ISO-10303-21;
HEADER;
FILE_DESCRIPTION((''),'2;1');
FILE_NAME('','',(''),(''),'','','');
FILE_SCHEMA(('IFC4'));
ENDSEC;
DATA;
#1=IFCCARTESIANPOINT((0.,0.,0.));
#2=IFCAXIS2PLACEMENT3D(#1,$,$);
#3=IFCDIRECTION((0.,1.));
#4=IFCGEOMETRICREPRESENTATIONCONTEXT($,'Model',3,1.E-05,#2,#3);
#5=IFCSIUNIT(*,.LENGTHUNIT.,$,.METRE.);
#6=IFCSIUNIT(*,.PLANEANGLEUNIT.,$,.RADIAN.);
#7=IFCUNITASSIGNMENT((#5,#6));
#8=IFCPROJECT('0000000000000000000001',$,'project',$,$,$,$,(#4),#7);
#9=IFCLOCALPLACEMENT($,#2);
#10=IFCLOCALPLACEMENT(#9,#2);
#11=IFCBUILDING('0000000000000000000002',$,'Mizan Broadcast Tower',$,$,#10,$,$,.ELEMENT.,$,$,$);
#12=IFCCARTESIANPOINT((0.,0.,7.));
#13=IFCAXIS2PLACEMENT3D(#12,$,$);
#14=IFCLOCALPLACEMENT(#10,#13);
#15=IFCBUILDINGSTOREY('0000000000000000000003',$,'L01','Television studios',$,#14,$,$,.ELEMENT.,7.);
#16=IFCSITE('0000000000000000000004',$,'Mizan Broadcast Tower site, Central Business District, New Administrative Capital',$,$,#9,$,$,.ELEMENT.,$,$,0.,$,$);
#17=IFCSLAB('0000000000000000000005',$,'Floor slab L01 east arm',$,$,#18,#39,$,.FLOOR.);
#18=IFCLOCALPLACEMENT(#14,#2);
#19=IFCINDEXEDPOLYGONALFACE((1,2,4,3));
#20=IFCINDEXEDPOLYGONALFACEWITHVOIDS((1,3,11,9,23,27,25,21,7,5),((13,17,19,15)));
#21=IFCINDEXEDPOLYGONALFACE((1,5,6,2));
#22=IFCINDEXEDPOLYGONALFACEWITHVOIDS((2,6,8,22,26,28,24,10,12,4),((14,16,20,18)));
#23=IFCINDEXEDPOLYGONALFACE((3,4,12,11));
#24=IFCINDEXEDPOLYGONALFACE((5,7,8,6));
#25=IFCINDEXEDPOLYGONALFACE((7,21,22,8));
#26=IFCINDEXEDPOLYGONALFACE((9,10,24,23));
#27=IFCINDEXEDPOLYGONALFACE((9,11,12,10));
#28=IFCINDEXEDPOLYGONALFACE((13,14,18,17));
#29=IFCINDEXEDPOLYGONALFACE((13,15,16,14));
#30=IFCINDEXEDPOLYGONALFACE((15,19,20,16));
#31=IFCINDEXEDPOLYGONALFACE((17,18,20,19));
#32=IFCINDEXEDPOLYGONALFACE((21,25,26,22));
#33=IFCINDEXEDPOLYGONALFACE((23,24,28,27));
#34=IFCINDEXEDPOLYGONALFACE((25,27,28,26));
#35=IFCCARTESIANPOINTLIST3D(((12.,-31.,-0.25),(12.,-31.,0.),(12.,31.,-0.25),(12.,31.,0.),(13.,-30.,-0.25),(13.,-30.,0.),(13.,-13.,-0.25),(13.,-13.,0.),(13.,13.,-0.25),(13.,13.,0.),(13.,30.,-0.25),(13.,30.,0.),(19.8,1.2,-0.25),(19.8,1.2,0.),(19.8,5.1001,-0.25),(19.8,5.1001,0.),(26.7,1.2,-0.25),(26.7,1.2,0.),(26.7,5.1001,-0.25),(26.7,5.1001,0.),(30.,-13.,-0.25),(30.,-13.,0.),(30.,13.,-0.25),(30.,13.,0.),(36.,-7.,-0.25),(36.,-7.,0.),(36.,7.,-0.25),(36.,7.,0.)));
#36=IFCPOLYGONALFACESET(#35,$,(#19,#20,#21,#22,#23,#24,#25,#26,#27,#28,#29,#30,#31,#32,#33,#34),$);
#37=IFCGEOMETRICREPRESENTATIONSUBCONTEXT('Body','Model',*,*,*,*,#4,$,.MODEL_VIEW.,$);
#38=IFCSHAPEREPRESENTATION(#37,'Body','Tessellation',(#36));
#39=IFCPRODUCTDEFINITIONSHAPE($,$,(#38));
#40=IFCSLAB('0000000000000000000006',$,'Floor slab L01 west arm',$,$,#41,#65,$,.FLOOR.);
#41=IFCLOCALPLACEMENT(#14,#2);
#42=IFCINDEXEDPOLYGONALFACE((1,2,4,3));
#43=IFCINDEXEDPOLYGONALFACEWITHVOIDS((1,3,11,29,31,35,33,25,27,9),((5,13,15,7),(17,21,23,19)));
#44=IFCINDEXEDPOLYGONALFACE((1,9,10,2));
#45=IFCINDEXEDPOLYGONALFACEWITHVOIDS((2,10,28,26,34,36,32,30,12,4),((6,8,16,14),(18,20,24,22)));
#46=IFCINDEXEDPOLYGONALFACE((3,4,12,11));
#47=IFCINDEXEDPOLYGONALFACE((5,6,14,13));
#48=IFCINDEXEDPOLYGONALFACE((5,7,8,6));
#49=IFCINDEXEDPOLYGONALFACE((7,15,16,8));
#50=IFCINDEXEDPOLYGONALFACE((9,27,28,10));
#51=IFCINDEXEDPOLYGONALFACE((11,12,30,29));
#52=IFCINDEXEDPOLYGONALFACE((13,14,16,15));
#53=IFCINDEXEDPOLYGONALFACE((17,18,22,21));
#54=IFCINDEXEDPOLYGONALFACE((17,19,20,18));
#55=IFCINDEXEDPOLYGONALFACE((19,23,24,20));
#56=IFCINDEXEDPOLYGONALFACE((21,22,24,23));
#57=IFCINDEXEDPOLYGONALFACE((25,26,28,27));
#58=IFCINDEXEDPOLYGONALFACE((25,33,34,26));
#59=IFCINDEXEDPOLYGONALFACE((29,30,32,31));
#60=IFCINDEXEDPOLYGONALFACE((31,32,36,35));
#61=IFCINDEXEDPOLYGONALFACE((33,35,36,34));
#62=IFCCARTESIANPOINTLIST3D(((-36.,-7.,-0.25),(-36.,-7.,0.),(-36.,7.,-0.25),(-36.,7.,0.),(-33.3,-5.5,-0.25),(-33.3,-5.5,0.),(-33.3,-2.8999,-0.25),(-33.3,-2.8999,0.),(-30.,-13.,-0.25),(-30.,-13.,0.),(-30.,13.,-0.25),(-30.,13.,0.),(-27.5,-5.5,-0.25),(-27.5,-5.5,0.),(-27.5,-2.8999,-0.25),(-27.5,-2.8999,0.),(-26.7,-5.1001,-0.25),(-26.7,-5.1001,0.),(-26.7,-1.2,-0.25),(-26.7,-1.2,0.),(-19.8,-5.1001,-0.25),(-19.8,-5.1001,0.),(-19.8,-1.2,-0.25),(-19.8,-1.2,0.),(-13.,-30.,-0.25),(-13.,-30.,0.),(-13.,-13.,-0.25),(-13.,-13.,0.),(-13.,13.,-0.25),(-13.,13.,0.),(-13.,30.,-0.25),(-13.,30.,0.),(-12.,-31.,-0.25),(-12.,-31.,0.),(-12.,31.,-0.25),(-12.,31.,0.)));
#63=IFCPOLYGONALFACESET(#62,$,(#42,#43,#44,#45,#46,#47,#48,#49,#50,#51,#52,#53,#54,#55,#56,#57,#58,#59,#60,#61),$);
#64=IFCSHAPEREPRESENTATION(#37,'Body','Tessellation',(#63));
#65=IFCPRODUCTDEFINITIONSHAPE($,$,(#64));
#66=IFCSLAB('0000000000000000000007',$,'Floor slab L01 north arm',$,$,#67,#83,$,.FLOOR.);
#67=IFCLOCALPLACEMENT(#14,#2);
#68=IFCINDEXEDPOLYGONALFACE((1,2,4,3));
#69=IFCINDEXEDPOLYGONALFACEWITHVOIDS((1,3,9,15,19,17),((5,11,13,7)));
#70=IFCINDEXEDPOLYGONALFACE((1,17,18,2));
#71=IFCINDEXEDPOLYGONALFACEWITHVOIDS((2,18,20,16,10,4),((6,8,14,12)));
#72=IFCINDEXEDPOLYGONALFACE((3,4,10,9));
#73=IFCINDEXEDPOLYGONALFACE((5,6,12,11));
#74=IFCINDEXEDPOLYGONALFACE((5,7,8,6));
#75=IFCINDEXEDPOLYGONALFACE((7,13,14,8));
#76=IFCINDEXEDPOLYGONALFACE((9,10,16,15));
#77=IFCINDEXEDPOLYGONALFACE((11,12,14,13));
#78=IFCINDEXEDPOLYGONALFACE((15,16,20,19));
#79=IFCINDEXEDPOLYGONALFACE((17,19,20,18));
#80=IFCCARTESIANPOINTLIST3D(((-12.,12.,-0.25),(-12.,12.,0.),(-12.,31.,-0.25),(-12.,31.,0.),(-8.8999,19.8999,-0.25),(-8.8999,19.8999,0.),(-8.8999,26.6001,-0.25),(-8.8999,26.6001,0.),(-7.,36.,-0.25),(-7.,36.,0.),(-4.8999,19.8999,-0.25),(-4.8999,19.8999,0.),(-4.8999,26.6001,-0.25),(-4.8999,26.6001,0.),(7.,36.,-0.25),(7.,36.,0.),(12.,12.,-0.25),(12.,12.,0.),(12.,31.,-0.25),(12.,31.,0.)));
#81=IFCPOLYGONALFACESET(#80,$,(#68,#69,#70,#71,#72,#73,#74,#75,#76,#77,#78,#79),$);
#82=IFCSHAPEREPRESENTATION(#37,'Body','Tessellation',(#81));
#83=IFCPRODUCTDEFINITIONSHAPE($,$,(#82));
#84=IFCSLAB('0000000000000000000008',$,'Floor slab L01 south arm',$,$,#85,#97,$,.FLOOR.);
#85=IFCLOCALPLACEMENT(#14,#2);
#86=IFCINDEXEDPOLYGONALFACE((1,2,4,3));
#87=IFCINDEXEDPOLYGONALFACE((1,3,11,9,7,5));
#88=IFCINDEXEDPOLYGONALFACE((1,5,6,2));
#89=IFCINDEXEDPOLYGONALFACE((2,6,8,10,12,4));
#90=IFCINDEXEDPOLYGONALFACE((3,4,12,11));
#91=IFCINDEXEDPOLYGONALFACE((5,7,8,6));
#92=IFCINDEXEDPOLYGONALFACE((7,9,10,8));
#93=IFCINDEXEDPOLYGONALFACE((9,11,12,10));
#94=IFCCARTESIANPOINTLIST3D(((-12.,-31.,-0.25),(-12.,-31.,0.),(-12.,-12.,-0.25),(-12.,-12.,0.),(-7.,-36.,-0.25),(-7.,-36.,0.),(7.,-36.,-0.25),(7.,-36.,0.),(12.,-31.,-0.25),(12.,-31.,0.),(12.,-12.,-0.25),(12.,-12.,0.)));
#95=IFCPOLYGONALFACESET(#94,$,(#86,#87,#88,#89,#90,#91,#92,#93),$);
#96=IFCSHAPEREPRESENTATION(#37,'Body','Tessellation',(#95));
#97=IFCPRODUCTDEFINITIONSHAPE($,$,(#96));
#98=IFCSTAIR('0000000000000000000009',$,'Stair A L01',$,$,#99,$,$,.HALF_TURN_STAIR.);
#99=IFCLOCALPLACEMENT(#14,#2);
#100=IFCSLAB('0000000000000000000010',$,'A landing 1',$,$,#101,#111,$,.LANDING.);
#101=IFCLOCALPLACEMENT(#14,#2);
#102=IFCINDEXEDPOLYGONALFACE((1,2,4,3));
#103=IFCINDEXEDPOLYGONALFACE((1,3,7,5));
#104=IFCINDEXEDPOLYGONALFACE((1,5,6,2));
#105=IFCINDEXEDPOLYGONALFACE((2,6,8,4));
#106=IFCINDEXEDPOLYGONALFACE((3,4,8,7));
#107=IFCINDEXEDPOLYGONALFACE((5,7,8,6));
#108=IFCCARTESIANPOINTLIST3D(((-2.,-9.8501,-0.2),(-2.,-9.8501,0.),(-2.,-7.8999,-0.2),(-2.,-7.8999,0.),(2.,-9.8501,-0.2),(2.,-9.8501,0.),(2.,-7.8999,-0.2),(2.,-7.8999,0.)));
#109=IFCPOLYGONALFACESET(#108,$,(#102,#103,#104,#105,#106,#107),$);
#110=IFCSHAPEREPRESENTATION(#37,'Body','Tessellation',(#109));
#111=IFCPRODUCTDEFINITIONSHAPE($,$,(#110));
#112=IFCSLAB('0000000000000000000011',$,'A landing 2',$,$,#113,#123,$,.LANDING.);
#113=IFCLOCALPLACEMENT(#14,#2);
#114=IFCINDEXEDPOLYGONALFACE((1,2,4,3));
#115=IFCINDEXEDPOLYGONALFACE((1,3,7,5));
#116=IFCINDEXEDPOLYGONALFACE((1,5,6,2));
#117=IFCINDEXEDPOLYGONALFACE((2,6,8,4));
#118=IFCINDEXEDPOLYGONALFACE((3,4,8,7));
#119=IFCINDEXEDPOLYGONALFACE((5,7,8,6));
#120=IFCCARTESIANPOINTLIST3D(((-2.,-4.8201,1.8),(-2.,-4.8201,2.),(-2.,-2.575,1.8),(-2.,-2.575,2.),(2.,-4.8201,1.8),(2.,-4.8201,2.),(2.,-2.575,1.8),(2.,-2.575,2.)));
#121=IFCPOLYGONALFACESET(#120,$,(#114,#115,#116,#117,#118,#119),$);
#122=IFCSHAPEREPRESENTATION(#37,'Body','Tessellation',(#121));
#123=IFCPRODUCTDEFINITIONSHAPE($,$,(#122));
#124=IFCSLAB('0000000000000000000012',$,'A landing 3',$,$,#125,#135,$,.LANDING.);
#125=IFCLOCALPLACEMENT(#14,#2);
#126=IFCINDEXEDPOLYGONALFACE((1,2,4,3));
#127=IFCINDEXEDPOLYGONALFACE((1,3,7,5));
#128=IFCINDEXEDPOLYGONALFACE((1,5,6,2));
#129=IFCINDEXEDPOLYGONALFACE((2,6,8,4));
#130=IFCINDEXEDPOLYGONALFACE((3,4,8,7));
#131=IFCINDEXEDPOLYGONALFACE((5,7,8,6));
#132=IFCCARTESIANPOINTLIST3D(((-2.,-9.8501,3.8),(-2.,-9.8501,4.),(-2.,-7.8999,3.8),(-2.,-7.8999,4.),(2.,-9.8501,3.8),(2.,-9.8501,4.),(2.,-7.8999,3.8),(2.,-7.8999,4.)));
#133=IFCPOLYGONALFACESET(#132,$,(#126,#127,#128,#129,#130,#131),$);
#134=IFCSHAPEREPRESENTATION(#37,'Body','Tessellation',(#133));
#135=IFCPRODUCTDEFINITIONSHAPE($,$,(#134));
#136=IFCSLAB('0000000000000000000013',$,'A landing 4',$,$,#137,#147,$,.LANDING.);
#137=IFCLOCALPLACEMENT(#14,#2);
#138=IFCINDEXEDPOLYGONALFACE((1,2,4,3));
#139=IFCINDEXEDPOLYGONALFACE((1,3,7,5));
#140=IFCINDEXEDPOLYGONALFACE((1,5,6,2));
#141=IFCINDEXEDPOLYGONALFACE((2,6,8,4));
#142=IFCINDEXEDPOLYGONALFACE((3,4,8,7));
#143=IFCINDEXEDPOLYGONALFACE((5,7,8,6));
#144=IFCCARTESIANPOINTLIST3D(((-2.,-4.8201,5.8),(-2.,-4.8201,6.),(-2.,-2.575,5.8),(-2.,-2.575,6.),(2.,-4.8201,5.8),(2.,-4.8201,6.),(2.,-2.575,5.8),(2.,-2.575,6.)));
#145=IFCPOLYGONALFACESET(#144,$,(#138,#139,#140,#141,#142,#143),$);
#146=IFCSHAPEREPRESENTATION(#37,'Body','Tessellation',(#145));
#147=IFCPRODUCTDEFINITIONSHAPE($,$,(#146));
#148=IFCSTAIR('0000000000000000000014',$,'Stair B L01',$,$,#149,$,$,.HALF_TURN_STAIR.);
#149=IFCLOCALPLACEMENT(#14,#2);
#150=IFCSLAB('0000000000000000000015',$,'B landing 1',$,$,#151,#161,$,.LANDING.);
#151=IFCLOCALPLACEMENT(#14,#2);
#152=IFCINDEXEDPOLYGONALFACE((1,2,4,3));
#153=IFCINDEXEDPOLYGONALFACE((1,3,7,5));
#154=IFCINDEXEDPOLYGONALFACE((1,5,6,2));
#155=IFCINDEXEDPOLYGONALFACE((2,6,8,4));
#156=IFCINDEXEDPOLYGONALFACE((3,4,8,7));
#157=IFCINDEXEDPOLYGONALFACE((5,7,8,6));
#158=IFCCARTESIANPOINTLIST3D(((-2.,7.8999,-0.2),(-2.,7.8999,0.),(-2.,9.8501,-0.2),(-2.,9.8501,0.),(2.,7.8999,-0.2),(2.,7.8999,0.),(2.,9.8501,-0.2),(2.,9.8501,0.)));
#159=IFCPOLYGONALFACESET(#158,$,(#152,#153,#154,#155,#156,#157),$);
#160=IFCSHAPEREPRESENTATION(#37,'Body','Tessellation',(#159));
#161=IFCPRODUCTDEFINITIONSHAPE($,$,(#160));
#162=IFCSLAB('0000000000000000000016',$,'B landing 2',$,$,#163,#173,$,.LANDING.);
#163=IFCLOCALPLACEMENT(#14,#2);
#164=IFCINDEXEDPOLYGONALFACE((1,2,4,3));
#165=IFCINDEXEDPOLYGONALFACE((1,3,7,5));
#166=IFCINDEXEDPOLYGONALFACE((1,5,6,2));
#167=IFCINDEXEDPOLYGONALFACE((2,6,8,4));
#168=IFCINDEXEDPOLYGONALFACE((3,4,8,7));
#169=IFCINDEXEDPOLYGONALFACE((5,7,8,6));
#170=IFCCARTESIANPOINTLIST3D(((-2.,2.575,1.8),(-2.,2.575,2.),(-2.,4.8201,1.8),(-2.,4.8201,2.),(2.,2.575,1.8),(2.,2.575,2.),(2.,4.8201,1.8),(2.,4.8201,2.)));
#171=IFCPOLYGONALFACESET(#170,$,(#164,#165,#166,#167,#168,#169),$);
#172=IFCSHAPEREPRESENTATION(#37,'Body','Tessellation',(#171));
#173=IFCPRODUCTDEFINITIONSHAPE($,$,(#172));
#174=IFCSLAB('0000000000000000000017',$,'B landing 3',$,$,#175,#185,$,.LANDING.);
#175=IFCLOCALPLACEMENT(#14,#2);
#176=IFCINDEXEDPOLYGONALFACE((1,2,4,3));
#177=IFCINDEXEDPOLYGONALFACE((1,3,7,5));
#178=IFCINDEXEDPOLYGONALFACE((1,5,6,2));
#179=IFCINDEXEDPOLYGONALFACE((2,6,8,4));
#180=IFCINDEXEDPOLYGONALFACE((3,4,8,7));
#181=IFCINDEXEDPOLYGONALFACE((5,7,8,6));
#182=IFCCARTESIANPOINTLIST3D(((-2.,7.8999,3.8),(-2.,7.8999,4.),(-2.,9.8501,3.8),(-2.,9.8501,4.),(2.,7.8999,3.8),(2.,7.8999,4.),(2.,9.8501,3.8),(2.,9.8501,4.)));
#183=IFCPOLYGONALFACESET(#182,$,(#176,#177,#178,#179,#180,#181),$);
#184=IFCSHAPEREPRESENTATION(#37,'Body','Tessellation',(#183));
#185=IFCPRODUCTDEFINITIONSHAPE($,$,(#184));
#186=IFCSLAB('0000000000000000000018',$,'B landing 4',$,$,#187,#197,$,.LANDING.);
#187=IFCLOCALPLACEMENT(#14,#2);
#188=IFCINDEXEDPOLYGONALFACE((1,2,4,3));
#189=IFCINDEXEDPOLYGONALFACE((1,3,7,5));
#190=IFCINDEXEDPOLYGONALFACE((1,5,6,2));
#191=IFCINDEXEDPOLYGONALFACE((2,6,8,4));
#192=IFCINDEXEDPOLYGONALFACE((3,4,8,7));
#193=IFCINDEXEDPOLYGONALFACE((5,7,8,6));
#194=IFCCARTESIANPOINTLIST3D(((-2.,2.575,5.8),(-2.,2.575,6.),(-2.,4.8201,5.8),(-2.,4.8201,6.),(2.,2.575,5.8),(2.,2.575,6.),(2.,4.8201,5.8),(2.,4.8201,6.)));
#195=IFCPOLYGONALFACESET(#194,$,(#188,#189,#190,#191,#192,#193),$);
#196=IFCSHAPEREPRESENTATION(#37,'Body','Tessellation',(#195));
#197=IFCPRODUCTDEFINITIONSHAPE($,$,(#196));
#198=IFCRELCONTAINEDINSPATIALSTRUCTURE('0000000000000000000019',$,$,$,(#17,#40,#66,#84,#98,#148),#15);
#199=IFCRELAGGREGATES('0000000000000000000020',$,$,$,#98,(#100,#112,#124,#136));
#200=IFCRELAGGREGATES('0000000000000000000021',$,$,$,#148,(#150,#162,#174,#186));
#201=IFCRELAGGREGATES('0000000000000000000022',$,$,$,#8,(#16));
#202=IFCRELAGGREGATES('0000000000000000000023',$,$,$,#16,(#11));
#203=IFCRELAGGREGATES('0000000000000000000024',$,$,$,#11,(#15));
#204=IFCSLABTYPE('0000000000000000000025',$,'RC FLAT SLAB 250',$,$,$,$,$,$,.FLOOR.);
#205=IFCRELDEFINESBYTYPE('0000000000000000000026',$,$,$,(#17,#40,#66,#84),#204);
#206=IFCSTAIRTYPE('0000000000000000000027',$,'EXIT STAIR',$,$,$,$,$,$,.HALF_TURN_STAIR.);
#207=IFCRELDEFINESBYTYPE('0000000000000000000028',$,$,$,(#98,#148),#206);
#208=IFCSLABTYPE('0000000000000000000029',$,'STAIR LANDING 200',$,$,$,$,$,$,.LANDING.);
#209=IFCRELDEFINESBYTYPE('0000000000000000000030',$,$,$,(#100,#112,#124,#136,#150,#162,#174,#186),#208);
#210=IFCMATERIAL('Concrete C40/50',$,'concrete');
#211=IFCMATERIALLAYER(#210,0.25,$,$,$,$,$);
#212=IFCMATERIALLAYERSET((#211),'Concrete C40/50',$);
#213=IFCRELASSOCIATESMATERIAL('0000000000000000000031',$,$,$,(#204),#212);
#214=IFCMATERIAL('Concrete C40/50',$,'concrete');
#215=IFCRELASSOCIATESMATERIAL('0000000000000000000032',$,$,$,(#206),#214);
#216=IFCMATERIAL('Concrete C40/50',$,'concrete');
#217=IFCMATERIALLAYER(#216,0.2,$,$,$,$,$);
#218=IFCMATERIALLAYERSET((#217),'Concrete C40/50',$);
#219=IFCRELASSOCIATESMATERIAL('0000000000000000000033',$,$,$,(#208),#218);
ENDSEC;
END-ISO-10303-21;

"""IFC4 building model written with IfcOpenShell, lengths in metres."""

from ifc_helpers import new_model, si_unit, direction, frame, origin, place, context, subcontext, project, spatial, polyline, outline, extrude, material, layer, layer_set, type_object, element, aggregate, save


model = new_model("IFC4")

# Units and contexts
model_context = context("Model", 3, precision=1e-05, world=origin(), true_north=direction((0.0, 1.0)))
body_context = subcontext(model_context, "Body", "Model", "MODEL_VIEW")
ifc_project = project(units=[si_unit("LENGTHUNIT", "METRE"), si_unit("PLANEANGLEUNIT", "RADIAN")], contexts=[model_context])

# Site, building, storey
site_placement = place(None, origin())
site = spatial("IfcSite", under=ifc_project, at=site_placement, Name="Mizan Broadcast Tower site, Central Business District, New Administrative Capital", CompositionType="ELEMENT", RefElevation=0.0)
building_placement = place(site_placement, origin())
building = spatial("IfcBuilding", under=site, at=building_placement, Name="Mizan Broadcast Tower", CompositionType="ELEMENT")
storey_placement = place(building_placement, frame((0.0, 0.0, 7.0)))
storey = spatial("IfcBuildingStorey", under=building, at=storey_placement, Name="L01", Description="Television studios", CompositionType="ELEMENT", Elevation=7.0)

# Slabs
ifc_material_1 = material(Name="Concrete C40/50", Category="concrete")
ifc_layer_1 = layer(ifc_material_1, 0.25)
ifc_layer_set_1 = layer_set([ifc_layer_1], Name="Concrete C40/50")
slab_type_1 = type_object("IfcSlabType", Name="RC FLAT SLAB 250", PredefinedType="FLOOR", material=ifc_layer_set_1)
slab_1_placement = place(storey_placement, frame((0.0, 0.0, -0.25)))
element("IfcSlab", 1, at=slab_1_placement, inside=storey, type_object=slab_type_1, Name="Floor slab L01 east arm", PredefinedType="FLOOR", context=body_context, shape_type="SweptSolid", body=[
    extrude(outline(polyline([(13.0, 30.0), (12.0, 31.0), (12.0, -31.0), (13.0, -30.0), (13.0, -13.0), (30.0, -13.0), (36.0, -7.0), (36.0, 7.0), (30.0, 13.0), (13.0, 13.0), (13.0, 30.0)]), holes=[polyline([(26.7, 1.2), (19.8, 1.2), (19.8, 5.1001), (26.7, 5.1001), (26.7, 1.2)])]), origin(), (0.0, 0.0, 1.0), 0.25),
])
slab_2_placement = place(storey_placement, frame((0.0, 0.0, -0.25)))
element("IfcSlab", 2, at=slab_2_placement, inside=storey, type_object=slab_type_1, Name="Floor slab L01 west arm", PredefinedType="FLOOR", context=body_context, shape_type="SweptSolid", body=[
    extrude(outline(polyline([(-30.0, -13.0), (-13.0, -13.0), (-13.0, -30.0), (-12.0, -31.0), (-12.0, 31.0), (-13.0, 30.0), (-13.0, 13.0), (-30.0, 13.0), (-36.0, 7.0), (-36.0, -7.0), (-30.0, -13.0)]), holes=[polyline([(-19.8, -1.2), (-19.8, -5.1001), (-26.7, -5.1001), (-26.7, -1.2), (-19.8, -1.2)]), polyline([(-27.5, -5.5), (-33.3, -5.5), (-33.3, -2.8999), (-27.5, -2.8999), (-27.5, -5.5)])]), origin(), (0.0, 0.0, 1.0), 0.25),
])
slab_3_placement = place(storey_placement, frame((0.0, 0.0, -0.25)))
element("IfcSlab", 3, at=slab_3_placement, inside=storey, type_object=slab_type_1, Name="Floor slab L01 north arm", PredefinedType="FLOOR", context=body_context, shape_type="SweptSolid", body=[
    extrude(outline(polyline([(-7.0, 36.0), (-12.0, 31.0), (-12.0, 12.0), (12.0, 12.0), (12.0, 31.0), (7.0, 36.0), (-7.0, 36.0)]), holes=[polyline([(-8.8999, 26.6001), (-4.8999, 26.6001), (-4.8999, 19.8999), (-8.8999, 19.8999), (-8.8999, 26.6001)])]), origin(), (0.0, 0.0, 1.0), 0.25),
])
slab_4_placement = place(storey_placement, frame((0.0, 0.0, -0.25)))
element("IfcSlab", 4, at=slab_4_placement, inside=storey, type_object=slab_type_1, Name="Floor slab L01 south arm", PredefinedType="FLOOR", context=body_context, shape_type="SweptSolid", body=[
    extrude(outline(polyline([(7.0, -36.0), (12.0, -31.0), (12.0, -12.0), (-12.0, -12.0), (-12.0, -31.0), (-7.0, -36.0), (7.0, -36.0)])), origin(), (0.0, 0.0, 1.0), 0.25),
])

# Stairs, slabs
ifc_material_2 = material(Name="Concrete C40/50", Category="concrete")
stair_type = type_object("IfcStairType", Name="EXIT STAIR", PredefinedType="HALF_TURN_STAIR", material=ifc_material_2)
stair_1_placement = place(storey_placement, origin())
stair_1 = element("IfcStair", 5, at=stair_1_placement, inside=storey, type_object=stair_type, Name="Stair A L01", PredefinedType="HALF_TURN_STAIR")
ifc_material_3 = material(Name="Concrete C40/50", Category="concrete")
ifc_layer_2 = layer(ifc_material_3, 0.2)
ifc_layer_set_2 = layer_set([ifc_layer_2], Name="Concrete C40/50")
slab_type_2 = type_object("IfcSlabType", Name="STAIR LANDING 200", PredefinedType="LANDING", material=ifc_layer_set_2)
slab_5_placement = place(storey_placement, frame((0.0, 0.0, -0.2)))
slab_5 = element("IfcSlab", 6, at=slab_5_placement, type_object=slab_type_2, Name="A landing 1", PredefinedType="LANDING", context=body_context, shape_type="SweptSolid", body=[
    extrude(outline(polyline([(-2.0, -9.8501), (-2.0, -7.8999), (2.0, -7.8999), (2.0, -9.8501), (-2.0, -9.8501)])), origin(), (0.0, 0.0, 1.0), 0.2),
])
slab_6_placement = place(storey_placement, frame((0.0, 0.0, 1.8)))
slab_6 = element("IfcSlab", 7, at=slab_6_placement, type_object=slab_type_2, Name="A landing 2", PredefinedType="LANDING", context=body_context, shape_type="SweptSolid", body=[
    extrude(outline(polyline([(-2.0, -4.8201), (-2.0, -2.575), (2.0, -2.575), (2.0, -4.8201), (-2.0, -4.8201)])), origin(), (0.0, 0.0, 1.0), 0.2),
])
slab_7_placement = place(storey_placement, frame((0.0, 0.0, 3.8)))
slab_7 = element("IfcSlab", 8, at=slab_7_placement, type_object=slab_type_2, Name="A landing 3", PredefinedType="LANDING", context=body_context, shape_type="SweptSolid", body=[
    extrude(outline(polyline([(-2.0, -9.8501), (-2.0, -7.8999), (2.0, -7.8999), (2.0, -9.8501), (-2.0, -9.8501)])), origin(), (0.0, 0.0, 1.0), 0.2),
])
slab_8_placement = place(storey_placement, frame((0.0, 0.0, 5.8)))
slab_8 = element("IfcSlab", 9, at=slab_8_placement, type_object=slab_type_2, Name="A landing 4", PredefinedType="LANDING", context=body_context, shape_type="SweptSolid", body=[
    extrude(outline(polyline([(-2.0, -4.8201), (-2.0, -2.575), (2.0, -2.575), (2.0, -4.8201), (-2.0, -4.8201)])), origin(), (0.0, 0.0, 1.0), 0.2),
])
aggregate(stair_1, [slab_5, slab_6, slab_7, slab_8])
stair_2_placement = place(storey_placement, origin())
stair_2 = element("IfcStair", 10, at=stair_2_placement, inside=storey, type_object=stair_type, Name="Stair B L01", PredefinedType="HALF_TURN_STAIR")
slab_9_placement = place(storey_placement, frame((0.0, 0.0, -0.2)))
slab_9 = element("IfcSlab", 11, at=slab_9_placement, type_object=slab_type_2, Name="B landing 1", PredefinedType="LANDING", context=body_context, shape_type="SweptSolid", body=[
    extrude(outline(polyline([(2.0, 9.8501), (2.0, 7.8999), (-2.0, 7.8999), (-2.0, 9.8501), (2.0, 9.8501)])), origin(), (0.0, 0.0, 1.0), 0.2),
])
slab_10_placement = place(storey_placement, frame((0.0, 0.0, 1.8)))
slab_10 = element("IfcSlab", 12, at=slab_10_placement, type_object=slab_type_2, Name="B landing 2", PredefinedType="LANDING", context=body_context, shape_type="SweptSolid", body=[
    extrude(outline(polyline([(2.0, 4.8201), (2.0, 2.575), (-2.0, 2.575), (-2.0, 4.8201), (2.0, 4.8201)])), origin(), (0.0, 0.0, 1.0), 0.2),
])
slab_11_placement = place(storey_placement, frame((0.0, 0.0, 3.8)))
slab_11 = element("IfcSlab", 13, at=slab_11_placement, type_object=slab_type_2, Name="B landing 3", PredefinedType="LANDING", context=body_context, shape_type="SweptSolid", body=[
    extrude(outline(polyline([(2.0, 9.8501), (2.0, 7.8999), (-2.0, 7.8999), (-2.0, 9.8501), (2.0, 9.8501)])), origin(), (0.0, 0.0, 1.0), 0.2),
])
slab_12_placement = place(storey_placement, frame((0.0, 0.0, 5.8)))
slab_12 = element("IfcSlab", 14, at=slab_12_placement, type_object=slab_type_2, Name="B landing 4", PredefinedType="LANDING", context=body_context, shape_type="SweptSolid", body=[
    extrude(outline(polyline([(2.0, 4.8201), (2.0, 2.575), (-2.0, 2.575), (-2.0, 4.8201), (2.0, 4.8201)])), origin(), (0.0, 0.0, 1.0), 0.2),
])
aggregate(stair_2, [slab_9, slab_10, slab_11, slab_12])

save(model, "model.ifc")
